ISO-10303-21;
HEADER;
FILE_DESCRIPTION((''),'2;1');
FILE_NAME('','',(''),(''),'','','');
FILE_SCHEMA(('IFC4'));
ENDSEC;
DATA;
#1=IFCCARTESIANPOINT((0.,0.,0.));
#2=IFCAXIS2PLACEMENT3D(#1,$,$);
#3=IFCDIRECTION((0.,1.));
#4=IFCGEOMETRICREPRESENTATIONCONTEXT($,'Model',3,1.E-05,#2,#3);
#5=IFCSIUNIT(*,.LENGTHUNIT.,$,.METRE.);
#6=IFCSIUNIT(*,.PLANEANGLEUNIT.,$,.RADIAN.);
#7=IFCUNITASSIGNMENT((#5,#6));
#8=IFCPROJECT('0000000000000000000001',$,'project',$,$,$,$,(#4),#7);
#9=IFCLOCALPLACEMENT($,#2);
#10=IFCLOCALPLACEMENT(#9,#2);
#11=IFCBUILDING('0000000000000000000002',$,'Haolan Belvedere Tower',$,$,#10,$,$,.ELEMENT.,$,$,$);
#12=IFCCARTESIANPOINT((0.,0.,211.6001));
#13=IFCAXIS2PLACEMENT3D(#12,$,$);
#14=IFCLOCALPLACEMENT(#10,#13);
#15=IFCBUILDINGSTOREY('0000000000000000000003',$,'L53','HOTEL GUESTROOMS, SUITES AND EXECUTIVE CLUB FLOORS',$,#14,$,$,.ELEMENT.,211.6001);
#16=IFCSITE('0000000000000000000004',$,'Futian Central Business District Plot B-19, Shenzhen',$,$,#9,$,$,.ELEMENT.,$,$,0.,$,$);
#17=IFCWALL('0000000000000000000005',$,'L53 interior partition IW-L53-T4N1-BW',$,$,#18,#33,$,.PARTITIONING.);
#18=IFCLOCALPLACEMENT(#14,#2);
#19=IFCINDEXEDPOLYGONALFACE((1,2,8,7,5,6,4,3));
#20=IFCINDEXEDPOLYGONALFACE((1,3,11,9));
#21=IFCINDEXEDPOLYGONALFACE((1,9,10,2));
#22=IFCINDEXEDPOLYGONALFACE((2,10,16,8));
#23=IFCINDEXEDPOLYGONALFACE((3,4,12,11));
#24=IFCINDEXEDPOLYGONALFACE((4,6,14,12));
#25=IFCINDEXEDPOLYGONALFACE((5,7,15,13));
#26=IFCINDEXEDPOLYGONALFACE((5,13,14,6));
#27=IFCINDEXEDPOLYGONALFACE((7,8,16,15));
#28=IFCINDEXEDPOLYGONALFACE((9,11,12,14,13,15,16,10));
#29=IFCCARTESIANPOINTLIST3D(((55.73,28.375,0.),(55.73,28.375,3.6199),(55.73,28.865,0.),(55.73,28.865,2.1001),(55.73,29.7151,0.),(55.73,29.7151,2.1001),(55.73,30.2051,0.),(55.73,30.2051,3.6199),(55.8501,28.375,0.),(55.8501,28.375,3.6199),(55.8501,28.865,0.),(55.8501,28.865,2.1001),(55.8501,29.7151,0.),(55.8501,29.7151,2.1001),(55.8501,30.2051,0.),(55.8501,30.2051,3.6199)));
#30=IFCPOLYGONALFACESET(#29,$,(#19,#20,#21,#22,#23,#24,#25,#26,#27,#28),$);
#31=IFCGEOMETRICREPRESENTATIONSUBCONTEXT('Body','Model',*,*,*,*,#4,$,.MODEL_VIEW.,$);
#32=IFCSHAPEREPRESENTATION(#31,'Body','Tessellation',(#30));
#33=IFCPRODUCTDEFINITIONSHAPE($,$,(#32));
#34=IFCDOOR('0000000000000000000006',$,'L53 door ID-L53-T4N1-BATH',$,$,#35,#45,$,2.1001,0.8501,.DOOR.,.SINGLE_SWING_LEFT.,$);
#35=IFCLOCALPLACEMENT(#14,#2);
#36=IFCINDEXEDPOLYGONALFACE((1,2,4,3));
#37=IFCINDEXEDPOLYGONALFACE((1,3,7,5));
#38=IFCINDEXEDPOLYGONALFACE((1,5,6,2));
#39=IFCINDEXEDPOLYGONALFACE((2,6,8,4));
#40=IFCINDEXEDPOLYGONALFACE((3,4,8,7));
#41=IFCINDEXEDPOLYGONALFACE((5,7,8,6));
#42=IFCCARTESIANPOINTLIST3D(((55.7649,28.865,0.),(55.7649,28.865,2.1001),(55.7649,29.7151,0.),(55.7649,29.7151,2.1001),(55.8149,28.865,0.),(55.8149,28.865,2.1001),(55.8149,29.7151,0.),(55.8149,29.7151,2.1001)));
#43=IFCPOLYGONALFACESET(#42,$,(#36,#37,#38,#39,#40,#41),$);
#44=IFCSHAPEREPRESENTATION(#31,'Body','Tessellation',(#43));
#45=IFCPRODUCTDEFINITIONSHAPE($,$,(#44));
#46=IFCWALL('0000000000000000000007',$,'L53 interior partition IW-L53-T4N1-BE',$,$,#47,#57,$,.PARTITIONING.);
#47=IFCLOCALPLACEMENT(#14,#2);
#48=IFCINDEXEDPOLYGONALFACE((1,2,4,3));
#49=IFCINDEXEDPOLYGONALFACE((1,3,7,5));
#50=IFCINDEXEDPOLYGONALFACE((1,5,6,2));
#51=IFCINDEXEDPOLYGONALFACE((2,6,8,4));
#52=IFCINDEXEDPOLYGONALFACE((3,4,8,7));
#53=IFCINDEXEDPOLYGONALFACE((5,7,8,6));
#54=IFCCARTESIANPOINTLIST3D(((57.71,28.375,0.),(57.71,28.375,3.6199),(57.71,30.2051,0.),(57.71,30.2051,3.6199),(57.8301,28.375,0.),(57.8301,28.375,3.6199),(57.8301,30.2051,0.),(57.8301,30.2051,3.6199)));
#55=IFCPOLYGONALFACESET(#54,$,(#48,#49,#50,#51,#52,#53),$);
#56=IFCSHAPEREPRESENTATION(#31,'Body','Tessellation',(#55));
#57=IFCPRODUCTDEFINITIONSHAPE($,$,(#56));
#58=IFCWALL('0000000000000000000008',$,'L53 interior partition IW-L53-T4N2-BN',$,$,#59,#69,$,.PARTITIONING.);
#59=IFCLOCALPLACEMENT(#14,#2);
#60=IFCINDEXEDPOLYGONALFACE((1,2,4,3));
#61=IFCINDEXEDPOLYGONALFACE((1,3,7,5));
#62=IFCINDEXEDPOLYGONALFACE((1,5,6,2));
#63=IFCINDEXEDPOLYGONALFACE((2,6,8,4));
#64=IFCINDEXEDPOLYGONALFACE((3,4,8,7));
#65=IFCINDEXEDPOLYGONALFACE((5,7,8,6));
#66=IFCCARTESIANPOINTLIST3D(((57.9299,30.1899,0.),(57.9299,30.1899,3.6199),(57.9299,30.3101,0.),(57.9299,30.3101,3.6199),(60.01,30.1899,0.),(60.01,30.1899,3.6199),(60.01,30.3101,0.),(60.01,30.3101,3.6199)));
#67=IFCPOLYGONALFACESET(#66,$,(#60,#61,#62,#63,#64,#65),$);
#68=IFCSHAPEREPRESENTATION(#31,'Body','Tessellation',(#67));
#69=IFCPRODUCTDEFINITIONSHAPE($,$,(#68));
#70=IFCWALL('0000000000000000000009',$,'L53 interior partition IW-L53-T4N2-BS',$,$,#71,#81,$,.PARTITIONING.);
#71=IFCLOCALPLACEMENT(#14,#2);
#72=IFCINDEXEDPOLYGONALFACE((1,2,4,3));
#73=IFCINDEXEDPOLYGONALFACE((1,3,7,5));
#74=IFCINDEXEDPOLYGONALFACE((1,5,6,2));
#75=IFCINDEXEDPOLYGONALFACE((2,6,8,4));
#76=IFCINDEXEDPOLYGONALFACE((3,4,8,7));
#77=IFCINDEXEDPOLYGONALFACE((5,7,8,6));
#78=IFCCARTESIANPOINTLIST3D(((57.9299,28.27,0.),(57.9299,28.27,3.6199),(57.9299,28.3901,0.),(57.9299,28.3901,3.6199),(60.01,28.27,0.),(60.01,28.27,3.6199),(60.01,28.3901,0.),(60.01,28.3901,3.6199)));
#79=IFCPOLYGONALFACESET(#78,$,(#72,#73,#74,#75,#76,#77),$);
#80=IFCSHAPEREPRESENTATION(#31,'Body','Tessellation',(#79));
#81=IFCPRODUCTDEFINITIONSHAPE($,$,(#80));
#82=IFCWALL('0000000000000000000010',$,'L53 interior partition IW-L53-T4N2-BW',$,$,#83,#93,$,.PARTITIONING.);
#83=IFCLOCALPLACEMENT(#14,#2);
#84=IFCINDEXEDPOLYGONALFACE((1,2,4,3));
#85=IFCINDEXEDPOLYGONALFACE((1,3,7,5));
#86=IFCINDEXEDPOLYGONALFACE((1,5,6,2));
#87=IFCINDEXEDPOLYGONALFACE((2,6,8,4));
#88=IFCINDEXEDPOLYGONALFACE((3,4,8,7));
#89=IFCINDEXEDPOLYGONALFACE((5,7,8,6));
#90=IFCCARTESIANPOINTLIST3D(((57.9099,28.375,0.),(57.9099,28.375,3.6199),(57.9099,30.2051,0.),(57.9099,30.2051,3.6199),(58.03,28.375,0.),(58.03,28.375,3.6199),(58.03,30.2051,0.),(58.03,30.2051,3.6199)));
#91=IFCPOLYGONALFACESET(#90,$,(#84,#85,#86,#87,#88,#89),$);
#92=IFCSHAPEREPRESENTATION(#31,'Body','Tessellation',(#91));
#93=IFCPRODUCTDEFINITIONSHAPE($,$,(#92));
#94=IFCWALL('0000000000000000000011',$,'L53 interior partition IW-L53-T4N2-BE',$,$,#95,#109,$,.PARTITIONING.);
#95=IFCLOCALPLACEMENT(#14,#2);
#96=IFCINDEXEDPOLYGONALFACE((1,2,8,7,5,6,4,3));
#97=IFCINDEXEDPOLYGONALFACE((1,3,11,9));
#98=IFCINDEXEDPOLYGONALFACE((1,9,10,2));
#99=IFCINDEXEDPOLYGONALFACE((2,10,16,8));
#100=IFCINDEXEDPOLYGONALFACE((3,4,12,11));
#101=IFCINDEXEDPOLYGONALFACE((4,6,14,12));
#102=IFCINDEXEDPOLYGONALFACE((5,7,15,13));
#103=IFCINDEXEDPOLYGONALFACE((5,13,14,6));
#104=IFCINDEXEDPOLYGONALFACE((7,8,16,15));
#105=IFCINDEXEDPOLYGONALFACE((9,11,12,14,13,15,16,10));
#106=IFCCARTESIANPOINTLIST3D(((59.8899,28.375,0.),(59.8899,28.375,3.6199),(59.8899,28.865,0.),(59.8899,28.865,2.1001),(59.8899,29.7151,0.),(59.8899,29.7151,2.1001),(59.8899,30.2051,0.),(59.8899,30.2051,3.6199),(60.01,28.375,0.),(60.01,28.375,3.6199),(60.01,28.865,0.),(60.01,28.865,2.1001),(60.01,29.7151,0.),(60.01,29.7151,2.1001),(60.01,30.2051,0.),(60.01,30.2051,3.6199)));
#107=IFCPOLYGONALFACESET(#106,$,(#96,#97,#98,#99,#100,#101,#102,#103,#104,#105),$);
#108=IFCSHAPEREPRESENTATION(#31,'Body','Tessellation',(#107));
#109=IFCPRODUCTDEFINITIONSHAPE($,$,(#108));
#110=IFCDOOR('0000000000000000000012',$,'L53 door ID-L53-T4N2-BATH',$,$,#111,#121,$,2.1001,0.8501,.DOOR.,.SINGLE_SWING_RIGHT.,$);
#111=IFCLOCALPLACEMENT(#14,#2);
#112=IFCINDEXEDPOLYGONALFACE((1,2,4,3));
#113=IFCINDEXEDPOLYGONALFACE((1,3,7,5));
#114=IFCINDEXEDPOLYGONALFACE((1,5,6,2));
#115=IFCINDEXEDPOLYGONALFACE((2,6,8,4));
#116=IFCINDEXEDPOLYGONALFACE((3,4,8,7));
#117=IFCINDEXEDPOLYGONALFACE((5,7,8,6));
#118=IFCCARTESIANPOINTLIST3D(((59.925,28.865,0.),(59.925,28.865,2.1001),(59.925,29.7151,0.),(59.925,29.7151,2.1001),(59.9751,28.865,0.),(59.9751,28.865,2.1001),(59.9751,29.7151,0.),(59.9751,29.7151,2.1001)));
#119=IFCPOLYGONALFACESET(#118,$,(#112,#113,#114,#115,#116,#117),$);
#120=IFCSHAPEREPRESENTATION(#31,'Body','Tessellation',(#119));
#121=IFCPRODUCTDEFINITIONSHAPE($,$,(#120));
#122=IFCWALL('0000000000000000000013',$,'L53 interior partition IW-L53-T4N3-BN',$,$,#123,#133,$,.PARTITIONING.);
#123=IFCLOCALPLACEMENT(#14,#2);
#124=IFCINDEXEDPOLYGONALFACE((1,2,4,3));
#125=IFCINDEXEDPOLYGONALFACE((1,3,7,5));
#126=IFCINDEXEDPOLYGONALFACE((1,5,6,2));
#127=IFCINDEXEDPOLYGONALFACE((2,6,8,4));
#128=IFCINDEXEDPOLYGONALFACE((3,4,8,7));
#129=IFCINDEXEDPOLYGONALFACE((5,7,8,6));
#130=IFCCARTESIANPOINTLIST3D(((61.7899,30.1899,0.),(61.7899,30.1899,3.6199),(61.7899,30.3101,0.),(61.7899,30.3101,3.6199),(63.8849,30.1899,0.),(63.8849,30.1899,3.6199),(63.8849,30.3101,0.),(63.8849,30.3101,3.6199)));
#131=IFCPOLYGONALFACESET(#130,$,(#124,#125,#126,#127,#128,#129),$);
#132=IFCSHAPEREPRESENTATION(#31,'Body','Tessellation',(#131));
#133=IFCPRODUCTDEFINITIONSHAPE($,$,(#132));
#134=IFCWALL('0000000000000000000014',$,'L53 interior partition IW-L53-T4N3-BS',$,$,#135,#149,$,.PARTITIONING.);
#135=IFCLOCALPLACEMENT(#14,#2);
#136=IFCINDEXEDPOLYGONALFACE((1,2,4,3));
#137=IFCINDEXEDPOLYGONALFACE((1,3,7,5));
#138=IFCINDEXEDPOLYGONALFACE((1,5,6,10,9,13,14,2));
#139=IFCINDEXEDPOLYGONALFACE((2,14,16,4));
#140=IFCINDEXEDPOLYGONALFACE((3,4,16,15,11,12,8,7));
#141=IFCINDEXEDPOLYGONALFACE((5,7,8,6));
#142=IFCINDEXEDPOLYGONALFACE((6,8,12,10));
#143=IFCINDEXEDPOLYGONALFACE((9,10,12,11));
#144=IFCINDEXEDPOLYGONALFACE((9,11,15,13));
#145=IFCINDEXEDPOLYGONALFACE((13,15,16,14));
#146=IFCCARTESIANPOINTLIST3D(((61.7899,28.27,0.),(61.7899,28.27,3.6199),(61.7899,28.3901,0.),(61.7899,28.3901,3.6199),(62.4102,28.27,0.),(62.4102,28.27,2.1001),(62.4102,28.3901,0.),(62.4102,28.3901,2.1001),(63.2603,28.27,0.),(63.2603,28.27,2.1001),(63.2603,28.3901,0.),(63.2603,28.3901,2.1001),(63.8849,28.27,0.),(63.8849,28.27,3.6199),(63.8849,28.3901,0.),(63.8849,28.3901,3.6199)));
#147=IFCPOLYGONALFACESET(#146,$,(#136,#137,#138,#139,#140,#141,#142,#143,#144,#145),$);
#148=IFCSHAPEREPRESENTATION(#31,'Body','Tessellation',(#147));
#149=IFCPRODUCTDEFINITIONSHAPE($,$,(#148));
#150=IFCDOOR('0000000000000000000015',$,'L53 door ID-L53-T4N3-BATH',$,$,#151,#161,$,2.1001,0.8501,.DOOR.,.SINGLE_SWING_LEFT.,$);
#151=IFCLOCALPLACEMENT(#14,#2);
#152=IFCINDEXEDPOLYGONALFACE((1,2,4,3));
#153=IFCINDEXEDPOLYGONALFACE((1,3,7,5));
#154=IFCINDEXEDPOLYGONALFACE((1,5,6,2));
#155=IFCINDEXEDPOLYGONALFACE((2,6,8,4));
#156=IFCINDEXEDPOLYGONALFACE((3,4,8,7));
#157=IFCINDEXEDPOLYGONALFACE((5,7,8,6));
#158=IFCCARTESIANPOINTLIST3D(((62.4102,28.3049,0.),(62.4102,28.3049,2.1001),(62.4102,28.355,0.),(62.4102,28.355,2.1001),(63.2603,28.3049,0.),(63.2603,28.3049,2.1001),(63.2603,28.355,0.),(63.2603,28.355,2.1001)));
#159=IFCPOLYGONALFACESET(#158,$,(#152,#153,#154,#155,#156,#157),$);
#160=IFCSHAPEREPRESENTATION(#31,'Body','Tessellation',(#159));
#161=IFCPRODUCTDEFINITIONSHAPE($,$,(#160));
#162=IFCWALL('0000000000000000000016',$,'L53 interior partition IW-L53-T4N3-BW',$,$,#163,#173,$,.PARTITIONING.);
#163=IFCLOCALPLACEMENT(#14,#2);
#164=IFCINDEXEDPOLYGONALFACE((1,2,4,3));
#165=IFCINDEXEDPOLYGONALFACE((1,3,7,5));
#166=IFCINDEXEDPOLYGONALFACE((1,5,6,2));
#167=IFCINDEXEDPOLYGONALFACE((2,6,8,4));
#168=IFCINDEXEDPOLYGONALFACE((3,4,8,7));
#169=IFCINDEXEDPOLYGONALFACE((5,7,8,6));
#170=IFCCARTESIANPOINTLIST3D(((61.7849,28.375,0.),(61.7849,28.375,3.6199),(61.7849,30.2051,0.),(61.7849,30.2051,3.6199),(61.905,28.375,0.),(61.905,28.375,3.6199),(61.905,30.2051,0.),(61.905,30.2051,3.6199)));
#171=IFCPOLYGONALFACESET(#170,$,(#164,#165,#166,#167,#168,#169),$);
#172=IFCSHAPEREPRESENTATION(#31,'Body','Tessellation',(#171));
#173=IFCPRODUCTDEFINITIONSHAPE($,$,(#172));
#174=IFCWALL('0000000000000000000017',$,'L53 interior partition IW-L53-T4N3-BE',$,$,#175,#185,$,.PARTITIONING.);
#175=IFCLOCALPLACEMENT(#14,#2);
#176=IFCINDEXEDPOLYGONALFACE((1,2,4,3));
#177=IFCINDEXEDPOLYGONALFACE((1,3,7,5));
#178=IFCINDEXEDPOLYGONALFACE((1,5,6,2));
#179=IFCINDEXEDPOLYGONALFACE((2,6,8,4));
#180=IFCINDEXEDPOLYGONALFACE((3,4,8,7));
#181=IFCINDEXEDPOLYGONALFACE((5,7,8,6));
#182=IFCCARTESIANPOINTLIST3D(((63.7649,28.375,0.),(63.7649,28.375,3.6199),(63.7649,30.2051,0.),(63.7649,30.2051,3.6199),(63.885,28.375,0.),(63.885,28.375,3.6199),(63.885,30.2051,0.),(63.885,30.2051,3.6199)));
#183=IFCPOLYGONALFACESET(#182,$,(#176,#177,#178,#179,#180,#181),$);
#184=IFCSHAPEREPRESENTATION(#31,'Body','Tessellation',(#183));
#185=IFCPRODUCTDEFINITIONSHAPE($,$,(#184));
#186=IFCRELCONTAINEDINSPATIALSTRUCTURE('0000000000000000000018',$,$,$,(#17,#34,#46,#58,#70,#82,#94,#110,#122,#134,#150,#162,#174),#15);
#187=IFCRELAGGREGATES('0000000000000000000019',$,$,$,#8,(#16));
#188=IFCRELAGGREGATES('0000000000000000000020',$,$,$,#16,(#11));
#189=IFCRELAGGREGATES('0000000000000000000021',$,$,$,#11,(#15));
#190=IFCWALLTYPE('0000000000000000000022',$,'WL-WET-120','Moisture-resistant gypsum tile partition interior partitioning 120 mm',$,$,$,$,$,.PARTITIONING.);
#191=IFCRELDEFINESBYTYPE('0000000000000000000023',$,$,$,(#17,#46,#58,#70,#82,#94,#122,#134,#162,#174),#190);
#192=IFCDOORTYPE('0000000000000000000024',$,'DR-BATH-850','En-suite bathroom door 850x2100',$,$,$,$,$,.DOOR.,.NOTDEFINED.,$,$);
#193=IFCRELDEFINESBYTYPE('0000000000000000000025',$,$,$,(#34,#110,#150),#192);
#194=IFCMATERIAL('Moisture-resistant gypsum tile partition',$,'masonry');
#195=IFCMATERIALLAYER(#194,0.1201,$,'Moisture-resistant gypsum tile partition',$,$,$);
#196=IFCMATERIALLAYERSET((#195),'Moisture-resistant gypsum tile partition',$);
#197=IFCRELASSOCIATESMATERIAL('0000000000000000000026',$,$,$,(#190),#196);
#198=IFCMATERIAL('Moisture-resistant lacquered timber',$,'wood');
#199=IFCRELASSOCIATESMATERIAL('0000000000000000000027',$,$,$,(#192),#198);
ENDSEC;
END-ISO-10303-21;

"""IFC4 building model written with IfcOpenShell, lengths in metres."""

from ifc_helpers import new_model, si_unit, direction, frame, frame_2d, origin, place, context, subcontext, project, spatial, rectangle, extrude, material, layer, layer_set, type_object, element, fill, save


model = new_model("IFC4")

# Units and contexts
model_context = context("Model", 3, precision=1e-05, world=origin(), true_north=direction((0.0, 1.0)))
body_context = subcontext(model_context, "Body", "Model", "MODEL_VIEW")
ifc_project = project(units=[si_unit("LENGTHUNIT", "METRE"), si_unit("PLANEANGLEUNIT", "RADIAN")], contexts=[model_context])

# Site, building, storey
site_placement = place(None, origin())
site = spatial("IfcSite", under=ifc_project, at=site_placement, Name="Futian Central Business District Plot B-19, Shenzhen", CompositionType="ELEMENT", RefElevation=0.0)
building_placement = place(site_placement, origin())
building = spatial("IfcBuilding", under=site, at=building_placement, Name="Haolan Belvedere Tower", CompositionType="ELEMENT")
storey_placement = place(building_placement, frame((0.0, 0.0, 211.6001)))
storey = spatial("IfcBuildingStorey", under=building, at=storey_placement, Name="L53", Description="HOTEL GUESTROOMS, SUITES AND EXECUTIVE CLUB FLOORS", CompositionType="ELEMENT", Elevation=211.6001)

# Shared definitions
ifc_material_1 = material(Name="Moisture-resistant gypsum tile partition", Category="masonry")
ifc_layer_1 = layer(ifc_material_1, 0.1201, Name="Moisture-resistant gypsum tile partition")
ifc_layer_set_1 = layer_set([ifc_layer_1], Name="Moisture-resistant gypsum tile partition")
wall_type_1 = type_object("IfcWallType", Name="WL-WET-120", Description="Moisture-resistant gypsum tile partition interior partitioning 120 mm", PredefinedType="PARTITIONING", material=ifc_layer_set_1)

# Wall, opening, door
wall_1_placement = place(storey_placement, frame((55.79, 28.375, 0.0), z_axis=(0.0, 0.0, 1.0), x_axis=(0.0, 1.0, 0.0)))
wall_1 = element("IfcWall", 1, at=wall_1_placement, inside=storey, type_object=wall_type_1, Name="L53 interior partition IW-L53-T4N1-BW", PredefinedType="PARTITIONING", context=body_context, shape_type="SweptSolid", body=[
    extrude(rectangle(XDim=1.8301, YDim=0.1201, at=frame_2d((0.915, 0.0))), origin(), (0.0, 0.0, 1.0), 3.6199),
])
opening_1_placement = place(wall_1_placement, frame((1.3401, 0.0, 0.0), z_axis=(0.0, 0.0, 1.0), x_axis=(-1.0, 0.0, 0.0)))
opening_1 = element("IfcOpeningElement", 2, at=opening_1_placement, cuts=wall_1, PredefinedType="OPENING", context=body_context, shape_type="SweptSolid", body=[
    extrude(rectangle(XDim=0.8501, YDim=2.1001, at=frame_2d((0.425, 1.05))), frame((0.0, 0.0701, 0.0), z_axis=(0.0, -1.0, 0.0), x_axis=(1.0, 0.0, 0.0)), (0.0, 0.0, 1.0), 0.1401),
])
ifc_material_2 = material(Name="Moisture-resistant lacquered timber", Category="wood")
door_type_1 = type_object("IfcDoorType", Name="DR-BATH-850", Description="En-suite bathroom door 850x2100", OperationType="NOTDEFINED", PredefinedType="DOOR", material=ifc_material_2)
door_1_placement = place(opening_1_placement, origin())
door_1 = element("IfcDoor", 3, at=door_1_placement, inside=storey, type_object=door_type_1, Name="L53 door ID-L53-T4N1-BATH", OperationType="SINGLE_SWING_LEFT", OverallHeight=2.1001, OverallWidth=0.8501, PredefinedType="DOOR", context=body_context, shape_type="SweptSolid", body=[
    extrude(rectangle(XDim=0.8501, YDim=2.1001, at=frame_2d((0.425, 1.05))), frame((0.0, 0.0249, 0.0), z_axis=(0.0, -1.0, 0.0), x_axis=(1.0, 0.0, 0.0)), (0.0, 0.0, 1.0), 0.05),
])
fill(opening_1, door_1)

# Walls
wall_2_placement = place(storey_placement, frame((57.77, 28.375, 0.0), z_axis=(0.0, 0.0, 1.0), x_axis=(0.0, 1.0, 0.0)))
element("IfcWall", 4, at=wall_2_placement, inside=storey, type_object=wall_type_1, Name="L53 interior partition IW-L53-T4N1-BE", PredefinedType="PARTITIONING", context=body_context, shape_type="SweptSolid", body=[
    extrude(rectangle(XDim=1.8301, YDim=0.1201, at=frame_2d((0.915, 0.0))), origin(), (0.0, 0.0, 1.0), 3.6199),
])
for number, where, z_axis, x_axis, name in (
    (5, (57.9299, 30.25, 0.0), (0.0, 0.0, 1.0), (1.0, 0.0, 0.0), "L53 interior partition IW-L53-T4N2-BN"),
    (6, (57.9299, 28.3301, 0.0), (0.0, 0.0, 1.0), (1.0, 0.0, 0.0), "L53 interior partition IW-L53-T4N2-BS"),
):
    element("IfcWall", number, at=place(storey_placement, frame(where, z_axis=z_axis, x_axis=x_axis)), inside=storey, type_object=wall_type_1, Name=name, PredefinedType="PARTITIONING", context=body_context, shape_type="SweptSolid", body=[
        extrude(rectangle(XDim=2.0801, YDim=0.1201, at=frame_2d((1.04, 0.0))), origin(), (0.0, 0.0, 1.0), 3.6199),
    ])
wall_3_placement = place(storey_placement, frame((57.97, 28.375, 0.0), z_axis=(0.0, 0.0, 1.0), x_axis=(0.0, 1.0, 0.0)))
element("IfcWall", 7, at=wall_3_placement, inside=storey, type_object=wall_type_1, Name="L53 interior partition IW-L53-T4N2-BW", PredefinedType="PARTITIONING", context=body_context, shape_type="SweptSolid", body=[
    extrude(rectangle(XDim=1.8301, YDim=0.1201, at=frame_2d((0.915, 0.0))), origin(), (0.0, 0.0, 1.0), 3.6199),
])

# Wall, opening, door
wall_4_placement = place(storey_placement, frame((59.95, 28.375, 0.0), z_axis=(0.0, 0.0, 1.0), x_axis=(0.0, 1.0, 0.0)))
wall_4 = element("IfcWall", 8, at=wall_4_placement, inside=storey, type_object=wall_type_1, Name="L53 interior partition IW-L53-T4N2-BE", PredefinedType="PARTITIONING", context=body_context, shape_type="SweptSolid", body=[
    extrude(rectangle(XDim=1.8301, YDim=0.1201, at=frame_2d((0.915, 0.0))), origin(), (0.0, 0.0, 1.0), 3.6199),
])
opening_2_placement = place(wall_4_placement, frame((0.49, 0.0, 0.0)))
opening_2 = element("IfcOpeningElement", 9, at=opening_2_placement, cuts=wall_4, PredefinedType="OPENING", context=body_context, shape_type="SweptSolid", body=[
    extrude(rectangle(XDim=0.8501, YDim=2.1001, at=frame_2d((0.425, 1.05))), frame((0.0, 0.0701, 0.0), z_axis=(0.0, -1.0, 0.0), x_axis=(1.0, 0.0, 0.0)), (0.0, 0.0, 1.0), 0.1401),
])
door_2_placement = place(opening_2_placement, origin())
door_2 = element("IfcDoor", 10, at=door_2_placement, inside=storey, type_object=door_type_1, Name="L53 door ID-L53-T4N2-BATH", OperationType="SINGLE_SWING_RIGHT", OverallHeight=2.1001, OverallWidth=0.8501, PredefinedType="DOOR", context=body_context, shape_type="SweptSolid", body=[
    extrude(rectangle(XDim=0.8501, YDim=2.1001, at=frame_2d((0.425, 1.05))), frame((0.0, 0.0249, 0.0), z_axis=(0.0, -1.0, 0.0), x_axis=(1.0, 0.0, 0.0)), (0.0, 0.0, 1.0), 0.05),
])
fill(opening_2, door_2)

# Wall
wall_5_placement = place(storey_placement, frame((61.79, 30.25, 0.0), z_axis=(0.0, 0.0, 1.0), x_axis=(1.0, 0.0, 0.0)))
element("IfcWall", 11, at=wall_5_placement, inside=storey, type_object=wall_type_1, Name="L53 interior partition IW-L53-T4N3-BN", PredefinedType="PARTITIONING", context=body_context, shape_type="SweptSolid", body=[
    extrude(rectangle(XDim=2.095, YDim=0.1201, at=frame_2d((1.0474, 0.0))), origin(), (0.0, 0.0, 1.0), 3.6199),
])

# Wall, opening, door
wall_6_placement = place(storey_placement, frame((61.79, 28.3301, 0.0), z_axis=(0.0, 0.0, 1.0), x_axis=(1.0, 0.0, 0.0)))
wall_6 = element("IfcWall", 12, at=wall_6_placement, inside=storey, type_object=wall_type_1, Name="L53 interior partition IW-L53-T4N3-BS", PredefinedType="PARTITIONING", context=body_context, shape_type="SweptSolid", body=[
    extrude(rectangle(XDim=2.095, YDim=0.1201, at=frame_2d((1.0474, 0.0))), origin(), (0.0, 0.0, 1.0), 3.6199),
])
opening_3_placement = place(wall_6_placement, frame((0.6201, 0.0, 0.0)))
opening_3 = element("IfcOpeningElement", 13, at=opening_3_placement, cuts=wall_6, PredefinedType="OPENING", context=body_context, shape_type="SweptSolid", body=[
    extrude(rectangle(XDim=0.8501, YDim=2.1001, at=frame_2d((0.425, 1.05))), frame((0.0, 0.0701, 0.0), z_axis=(0.0, -1.0, 0.0), x_axis=(1.0, 0.0, 0.0)), (0.0, 0.0, 1.0), 0.1401),
])
door_3_placement = place(opening_3_placement, origin())
door_3 = element("IfcDoor", 14, at=door_3_placement, inside=storey, type_object=door_type_1, Name="L53 door ID-L53-T4N3-BATH", OperationType="SINGLE_SWING_LEFT", OverallHeight=2.1001, OverallWidth=0.8501, PredefinedType="DOOR", context=body_context, shape_type="SweptSolid", body=[
    extrude(rectangle(XDim=0.8501, YDim=2.1001, at=frame_2d((0.425, 1.05))), frame((0.0, 0.0249, 0.0), z_axis=(0.0, -1.0, 0.0), x_axis=(1.0, 0.0, 0.0)), (0.0, 0.0, 1.0), 0.05),
])
fill(opening_3, door_3)

# Walls
for number, where, z_axis, x_axis, name in (
    (15, (61.845, 28.375, 0.0), (0.0, 0.0, 1.0), (0.0, 1.0, 0.0), "L53 interior partition IW-L53-T4N3-BW"),
    (16, (63.825, 28.375, 0.0), (0.0, 0.0, 1.0), (0.0, 1.0, 0.0), "L53 interior partition IW-L53-T4N3-BE"),
):
    element("IfcWall", number, at=place(storey_placement, frame(where, z_axis=z_axis, x_axis=x_axis)), inside=storey, type_object=wall_type_1, Name=name, PredefinedType="PARTITIONING", context=body_context, shape_type="SweptSolid", body=[
        extrude(rectangle(XDim=1.8301, YDim=0.1201, at=frame_2d((0.915, 0.0))), origin(), (0.0, 0.0, 1.0), 3.6199),
    ])

save(model, "model.ifc")
